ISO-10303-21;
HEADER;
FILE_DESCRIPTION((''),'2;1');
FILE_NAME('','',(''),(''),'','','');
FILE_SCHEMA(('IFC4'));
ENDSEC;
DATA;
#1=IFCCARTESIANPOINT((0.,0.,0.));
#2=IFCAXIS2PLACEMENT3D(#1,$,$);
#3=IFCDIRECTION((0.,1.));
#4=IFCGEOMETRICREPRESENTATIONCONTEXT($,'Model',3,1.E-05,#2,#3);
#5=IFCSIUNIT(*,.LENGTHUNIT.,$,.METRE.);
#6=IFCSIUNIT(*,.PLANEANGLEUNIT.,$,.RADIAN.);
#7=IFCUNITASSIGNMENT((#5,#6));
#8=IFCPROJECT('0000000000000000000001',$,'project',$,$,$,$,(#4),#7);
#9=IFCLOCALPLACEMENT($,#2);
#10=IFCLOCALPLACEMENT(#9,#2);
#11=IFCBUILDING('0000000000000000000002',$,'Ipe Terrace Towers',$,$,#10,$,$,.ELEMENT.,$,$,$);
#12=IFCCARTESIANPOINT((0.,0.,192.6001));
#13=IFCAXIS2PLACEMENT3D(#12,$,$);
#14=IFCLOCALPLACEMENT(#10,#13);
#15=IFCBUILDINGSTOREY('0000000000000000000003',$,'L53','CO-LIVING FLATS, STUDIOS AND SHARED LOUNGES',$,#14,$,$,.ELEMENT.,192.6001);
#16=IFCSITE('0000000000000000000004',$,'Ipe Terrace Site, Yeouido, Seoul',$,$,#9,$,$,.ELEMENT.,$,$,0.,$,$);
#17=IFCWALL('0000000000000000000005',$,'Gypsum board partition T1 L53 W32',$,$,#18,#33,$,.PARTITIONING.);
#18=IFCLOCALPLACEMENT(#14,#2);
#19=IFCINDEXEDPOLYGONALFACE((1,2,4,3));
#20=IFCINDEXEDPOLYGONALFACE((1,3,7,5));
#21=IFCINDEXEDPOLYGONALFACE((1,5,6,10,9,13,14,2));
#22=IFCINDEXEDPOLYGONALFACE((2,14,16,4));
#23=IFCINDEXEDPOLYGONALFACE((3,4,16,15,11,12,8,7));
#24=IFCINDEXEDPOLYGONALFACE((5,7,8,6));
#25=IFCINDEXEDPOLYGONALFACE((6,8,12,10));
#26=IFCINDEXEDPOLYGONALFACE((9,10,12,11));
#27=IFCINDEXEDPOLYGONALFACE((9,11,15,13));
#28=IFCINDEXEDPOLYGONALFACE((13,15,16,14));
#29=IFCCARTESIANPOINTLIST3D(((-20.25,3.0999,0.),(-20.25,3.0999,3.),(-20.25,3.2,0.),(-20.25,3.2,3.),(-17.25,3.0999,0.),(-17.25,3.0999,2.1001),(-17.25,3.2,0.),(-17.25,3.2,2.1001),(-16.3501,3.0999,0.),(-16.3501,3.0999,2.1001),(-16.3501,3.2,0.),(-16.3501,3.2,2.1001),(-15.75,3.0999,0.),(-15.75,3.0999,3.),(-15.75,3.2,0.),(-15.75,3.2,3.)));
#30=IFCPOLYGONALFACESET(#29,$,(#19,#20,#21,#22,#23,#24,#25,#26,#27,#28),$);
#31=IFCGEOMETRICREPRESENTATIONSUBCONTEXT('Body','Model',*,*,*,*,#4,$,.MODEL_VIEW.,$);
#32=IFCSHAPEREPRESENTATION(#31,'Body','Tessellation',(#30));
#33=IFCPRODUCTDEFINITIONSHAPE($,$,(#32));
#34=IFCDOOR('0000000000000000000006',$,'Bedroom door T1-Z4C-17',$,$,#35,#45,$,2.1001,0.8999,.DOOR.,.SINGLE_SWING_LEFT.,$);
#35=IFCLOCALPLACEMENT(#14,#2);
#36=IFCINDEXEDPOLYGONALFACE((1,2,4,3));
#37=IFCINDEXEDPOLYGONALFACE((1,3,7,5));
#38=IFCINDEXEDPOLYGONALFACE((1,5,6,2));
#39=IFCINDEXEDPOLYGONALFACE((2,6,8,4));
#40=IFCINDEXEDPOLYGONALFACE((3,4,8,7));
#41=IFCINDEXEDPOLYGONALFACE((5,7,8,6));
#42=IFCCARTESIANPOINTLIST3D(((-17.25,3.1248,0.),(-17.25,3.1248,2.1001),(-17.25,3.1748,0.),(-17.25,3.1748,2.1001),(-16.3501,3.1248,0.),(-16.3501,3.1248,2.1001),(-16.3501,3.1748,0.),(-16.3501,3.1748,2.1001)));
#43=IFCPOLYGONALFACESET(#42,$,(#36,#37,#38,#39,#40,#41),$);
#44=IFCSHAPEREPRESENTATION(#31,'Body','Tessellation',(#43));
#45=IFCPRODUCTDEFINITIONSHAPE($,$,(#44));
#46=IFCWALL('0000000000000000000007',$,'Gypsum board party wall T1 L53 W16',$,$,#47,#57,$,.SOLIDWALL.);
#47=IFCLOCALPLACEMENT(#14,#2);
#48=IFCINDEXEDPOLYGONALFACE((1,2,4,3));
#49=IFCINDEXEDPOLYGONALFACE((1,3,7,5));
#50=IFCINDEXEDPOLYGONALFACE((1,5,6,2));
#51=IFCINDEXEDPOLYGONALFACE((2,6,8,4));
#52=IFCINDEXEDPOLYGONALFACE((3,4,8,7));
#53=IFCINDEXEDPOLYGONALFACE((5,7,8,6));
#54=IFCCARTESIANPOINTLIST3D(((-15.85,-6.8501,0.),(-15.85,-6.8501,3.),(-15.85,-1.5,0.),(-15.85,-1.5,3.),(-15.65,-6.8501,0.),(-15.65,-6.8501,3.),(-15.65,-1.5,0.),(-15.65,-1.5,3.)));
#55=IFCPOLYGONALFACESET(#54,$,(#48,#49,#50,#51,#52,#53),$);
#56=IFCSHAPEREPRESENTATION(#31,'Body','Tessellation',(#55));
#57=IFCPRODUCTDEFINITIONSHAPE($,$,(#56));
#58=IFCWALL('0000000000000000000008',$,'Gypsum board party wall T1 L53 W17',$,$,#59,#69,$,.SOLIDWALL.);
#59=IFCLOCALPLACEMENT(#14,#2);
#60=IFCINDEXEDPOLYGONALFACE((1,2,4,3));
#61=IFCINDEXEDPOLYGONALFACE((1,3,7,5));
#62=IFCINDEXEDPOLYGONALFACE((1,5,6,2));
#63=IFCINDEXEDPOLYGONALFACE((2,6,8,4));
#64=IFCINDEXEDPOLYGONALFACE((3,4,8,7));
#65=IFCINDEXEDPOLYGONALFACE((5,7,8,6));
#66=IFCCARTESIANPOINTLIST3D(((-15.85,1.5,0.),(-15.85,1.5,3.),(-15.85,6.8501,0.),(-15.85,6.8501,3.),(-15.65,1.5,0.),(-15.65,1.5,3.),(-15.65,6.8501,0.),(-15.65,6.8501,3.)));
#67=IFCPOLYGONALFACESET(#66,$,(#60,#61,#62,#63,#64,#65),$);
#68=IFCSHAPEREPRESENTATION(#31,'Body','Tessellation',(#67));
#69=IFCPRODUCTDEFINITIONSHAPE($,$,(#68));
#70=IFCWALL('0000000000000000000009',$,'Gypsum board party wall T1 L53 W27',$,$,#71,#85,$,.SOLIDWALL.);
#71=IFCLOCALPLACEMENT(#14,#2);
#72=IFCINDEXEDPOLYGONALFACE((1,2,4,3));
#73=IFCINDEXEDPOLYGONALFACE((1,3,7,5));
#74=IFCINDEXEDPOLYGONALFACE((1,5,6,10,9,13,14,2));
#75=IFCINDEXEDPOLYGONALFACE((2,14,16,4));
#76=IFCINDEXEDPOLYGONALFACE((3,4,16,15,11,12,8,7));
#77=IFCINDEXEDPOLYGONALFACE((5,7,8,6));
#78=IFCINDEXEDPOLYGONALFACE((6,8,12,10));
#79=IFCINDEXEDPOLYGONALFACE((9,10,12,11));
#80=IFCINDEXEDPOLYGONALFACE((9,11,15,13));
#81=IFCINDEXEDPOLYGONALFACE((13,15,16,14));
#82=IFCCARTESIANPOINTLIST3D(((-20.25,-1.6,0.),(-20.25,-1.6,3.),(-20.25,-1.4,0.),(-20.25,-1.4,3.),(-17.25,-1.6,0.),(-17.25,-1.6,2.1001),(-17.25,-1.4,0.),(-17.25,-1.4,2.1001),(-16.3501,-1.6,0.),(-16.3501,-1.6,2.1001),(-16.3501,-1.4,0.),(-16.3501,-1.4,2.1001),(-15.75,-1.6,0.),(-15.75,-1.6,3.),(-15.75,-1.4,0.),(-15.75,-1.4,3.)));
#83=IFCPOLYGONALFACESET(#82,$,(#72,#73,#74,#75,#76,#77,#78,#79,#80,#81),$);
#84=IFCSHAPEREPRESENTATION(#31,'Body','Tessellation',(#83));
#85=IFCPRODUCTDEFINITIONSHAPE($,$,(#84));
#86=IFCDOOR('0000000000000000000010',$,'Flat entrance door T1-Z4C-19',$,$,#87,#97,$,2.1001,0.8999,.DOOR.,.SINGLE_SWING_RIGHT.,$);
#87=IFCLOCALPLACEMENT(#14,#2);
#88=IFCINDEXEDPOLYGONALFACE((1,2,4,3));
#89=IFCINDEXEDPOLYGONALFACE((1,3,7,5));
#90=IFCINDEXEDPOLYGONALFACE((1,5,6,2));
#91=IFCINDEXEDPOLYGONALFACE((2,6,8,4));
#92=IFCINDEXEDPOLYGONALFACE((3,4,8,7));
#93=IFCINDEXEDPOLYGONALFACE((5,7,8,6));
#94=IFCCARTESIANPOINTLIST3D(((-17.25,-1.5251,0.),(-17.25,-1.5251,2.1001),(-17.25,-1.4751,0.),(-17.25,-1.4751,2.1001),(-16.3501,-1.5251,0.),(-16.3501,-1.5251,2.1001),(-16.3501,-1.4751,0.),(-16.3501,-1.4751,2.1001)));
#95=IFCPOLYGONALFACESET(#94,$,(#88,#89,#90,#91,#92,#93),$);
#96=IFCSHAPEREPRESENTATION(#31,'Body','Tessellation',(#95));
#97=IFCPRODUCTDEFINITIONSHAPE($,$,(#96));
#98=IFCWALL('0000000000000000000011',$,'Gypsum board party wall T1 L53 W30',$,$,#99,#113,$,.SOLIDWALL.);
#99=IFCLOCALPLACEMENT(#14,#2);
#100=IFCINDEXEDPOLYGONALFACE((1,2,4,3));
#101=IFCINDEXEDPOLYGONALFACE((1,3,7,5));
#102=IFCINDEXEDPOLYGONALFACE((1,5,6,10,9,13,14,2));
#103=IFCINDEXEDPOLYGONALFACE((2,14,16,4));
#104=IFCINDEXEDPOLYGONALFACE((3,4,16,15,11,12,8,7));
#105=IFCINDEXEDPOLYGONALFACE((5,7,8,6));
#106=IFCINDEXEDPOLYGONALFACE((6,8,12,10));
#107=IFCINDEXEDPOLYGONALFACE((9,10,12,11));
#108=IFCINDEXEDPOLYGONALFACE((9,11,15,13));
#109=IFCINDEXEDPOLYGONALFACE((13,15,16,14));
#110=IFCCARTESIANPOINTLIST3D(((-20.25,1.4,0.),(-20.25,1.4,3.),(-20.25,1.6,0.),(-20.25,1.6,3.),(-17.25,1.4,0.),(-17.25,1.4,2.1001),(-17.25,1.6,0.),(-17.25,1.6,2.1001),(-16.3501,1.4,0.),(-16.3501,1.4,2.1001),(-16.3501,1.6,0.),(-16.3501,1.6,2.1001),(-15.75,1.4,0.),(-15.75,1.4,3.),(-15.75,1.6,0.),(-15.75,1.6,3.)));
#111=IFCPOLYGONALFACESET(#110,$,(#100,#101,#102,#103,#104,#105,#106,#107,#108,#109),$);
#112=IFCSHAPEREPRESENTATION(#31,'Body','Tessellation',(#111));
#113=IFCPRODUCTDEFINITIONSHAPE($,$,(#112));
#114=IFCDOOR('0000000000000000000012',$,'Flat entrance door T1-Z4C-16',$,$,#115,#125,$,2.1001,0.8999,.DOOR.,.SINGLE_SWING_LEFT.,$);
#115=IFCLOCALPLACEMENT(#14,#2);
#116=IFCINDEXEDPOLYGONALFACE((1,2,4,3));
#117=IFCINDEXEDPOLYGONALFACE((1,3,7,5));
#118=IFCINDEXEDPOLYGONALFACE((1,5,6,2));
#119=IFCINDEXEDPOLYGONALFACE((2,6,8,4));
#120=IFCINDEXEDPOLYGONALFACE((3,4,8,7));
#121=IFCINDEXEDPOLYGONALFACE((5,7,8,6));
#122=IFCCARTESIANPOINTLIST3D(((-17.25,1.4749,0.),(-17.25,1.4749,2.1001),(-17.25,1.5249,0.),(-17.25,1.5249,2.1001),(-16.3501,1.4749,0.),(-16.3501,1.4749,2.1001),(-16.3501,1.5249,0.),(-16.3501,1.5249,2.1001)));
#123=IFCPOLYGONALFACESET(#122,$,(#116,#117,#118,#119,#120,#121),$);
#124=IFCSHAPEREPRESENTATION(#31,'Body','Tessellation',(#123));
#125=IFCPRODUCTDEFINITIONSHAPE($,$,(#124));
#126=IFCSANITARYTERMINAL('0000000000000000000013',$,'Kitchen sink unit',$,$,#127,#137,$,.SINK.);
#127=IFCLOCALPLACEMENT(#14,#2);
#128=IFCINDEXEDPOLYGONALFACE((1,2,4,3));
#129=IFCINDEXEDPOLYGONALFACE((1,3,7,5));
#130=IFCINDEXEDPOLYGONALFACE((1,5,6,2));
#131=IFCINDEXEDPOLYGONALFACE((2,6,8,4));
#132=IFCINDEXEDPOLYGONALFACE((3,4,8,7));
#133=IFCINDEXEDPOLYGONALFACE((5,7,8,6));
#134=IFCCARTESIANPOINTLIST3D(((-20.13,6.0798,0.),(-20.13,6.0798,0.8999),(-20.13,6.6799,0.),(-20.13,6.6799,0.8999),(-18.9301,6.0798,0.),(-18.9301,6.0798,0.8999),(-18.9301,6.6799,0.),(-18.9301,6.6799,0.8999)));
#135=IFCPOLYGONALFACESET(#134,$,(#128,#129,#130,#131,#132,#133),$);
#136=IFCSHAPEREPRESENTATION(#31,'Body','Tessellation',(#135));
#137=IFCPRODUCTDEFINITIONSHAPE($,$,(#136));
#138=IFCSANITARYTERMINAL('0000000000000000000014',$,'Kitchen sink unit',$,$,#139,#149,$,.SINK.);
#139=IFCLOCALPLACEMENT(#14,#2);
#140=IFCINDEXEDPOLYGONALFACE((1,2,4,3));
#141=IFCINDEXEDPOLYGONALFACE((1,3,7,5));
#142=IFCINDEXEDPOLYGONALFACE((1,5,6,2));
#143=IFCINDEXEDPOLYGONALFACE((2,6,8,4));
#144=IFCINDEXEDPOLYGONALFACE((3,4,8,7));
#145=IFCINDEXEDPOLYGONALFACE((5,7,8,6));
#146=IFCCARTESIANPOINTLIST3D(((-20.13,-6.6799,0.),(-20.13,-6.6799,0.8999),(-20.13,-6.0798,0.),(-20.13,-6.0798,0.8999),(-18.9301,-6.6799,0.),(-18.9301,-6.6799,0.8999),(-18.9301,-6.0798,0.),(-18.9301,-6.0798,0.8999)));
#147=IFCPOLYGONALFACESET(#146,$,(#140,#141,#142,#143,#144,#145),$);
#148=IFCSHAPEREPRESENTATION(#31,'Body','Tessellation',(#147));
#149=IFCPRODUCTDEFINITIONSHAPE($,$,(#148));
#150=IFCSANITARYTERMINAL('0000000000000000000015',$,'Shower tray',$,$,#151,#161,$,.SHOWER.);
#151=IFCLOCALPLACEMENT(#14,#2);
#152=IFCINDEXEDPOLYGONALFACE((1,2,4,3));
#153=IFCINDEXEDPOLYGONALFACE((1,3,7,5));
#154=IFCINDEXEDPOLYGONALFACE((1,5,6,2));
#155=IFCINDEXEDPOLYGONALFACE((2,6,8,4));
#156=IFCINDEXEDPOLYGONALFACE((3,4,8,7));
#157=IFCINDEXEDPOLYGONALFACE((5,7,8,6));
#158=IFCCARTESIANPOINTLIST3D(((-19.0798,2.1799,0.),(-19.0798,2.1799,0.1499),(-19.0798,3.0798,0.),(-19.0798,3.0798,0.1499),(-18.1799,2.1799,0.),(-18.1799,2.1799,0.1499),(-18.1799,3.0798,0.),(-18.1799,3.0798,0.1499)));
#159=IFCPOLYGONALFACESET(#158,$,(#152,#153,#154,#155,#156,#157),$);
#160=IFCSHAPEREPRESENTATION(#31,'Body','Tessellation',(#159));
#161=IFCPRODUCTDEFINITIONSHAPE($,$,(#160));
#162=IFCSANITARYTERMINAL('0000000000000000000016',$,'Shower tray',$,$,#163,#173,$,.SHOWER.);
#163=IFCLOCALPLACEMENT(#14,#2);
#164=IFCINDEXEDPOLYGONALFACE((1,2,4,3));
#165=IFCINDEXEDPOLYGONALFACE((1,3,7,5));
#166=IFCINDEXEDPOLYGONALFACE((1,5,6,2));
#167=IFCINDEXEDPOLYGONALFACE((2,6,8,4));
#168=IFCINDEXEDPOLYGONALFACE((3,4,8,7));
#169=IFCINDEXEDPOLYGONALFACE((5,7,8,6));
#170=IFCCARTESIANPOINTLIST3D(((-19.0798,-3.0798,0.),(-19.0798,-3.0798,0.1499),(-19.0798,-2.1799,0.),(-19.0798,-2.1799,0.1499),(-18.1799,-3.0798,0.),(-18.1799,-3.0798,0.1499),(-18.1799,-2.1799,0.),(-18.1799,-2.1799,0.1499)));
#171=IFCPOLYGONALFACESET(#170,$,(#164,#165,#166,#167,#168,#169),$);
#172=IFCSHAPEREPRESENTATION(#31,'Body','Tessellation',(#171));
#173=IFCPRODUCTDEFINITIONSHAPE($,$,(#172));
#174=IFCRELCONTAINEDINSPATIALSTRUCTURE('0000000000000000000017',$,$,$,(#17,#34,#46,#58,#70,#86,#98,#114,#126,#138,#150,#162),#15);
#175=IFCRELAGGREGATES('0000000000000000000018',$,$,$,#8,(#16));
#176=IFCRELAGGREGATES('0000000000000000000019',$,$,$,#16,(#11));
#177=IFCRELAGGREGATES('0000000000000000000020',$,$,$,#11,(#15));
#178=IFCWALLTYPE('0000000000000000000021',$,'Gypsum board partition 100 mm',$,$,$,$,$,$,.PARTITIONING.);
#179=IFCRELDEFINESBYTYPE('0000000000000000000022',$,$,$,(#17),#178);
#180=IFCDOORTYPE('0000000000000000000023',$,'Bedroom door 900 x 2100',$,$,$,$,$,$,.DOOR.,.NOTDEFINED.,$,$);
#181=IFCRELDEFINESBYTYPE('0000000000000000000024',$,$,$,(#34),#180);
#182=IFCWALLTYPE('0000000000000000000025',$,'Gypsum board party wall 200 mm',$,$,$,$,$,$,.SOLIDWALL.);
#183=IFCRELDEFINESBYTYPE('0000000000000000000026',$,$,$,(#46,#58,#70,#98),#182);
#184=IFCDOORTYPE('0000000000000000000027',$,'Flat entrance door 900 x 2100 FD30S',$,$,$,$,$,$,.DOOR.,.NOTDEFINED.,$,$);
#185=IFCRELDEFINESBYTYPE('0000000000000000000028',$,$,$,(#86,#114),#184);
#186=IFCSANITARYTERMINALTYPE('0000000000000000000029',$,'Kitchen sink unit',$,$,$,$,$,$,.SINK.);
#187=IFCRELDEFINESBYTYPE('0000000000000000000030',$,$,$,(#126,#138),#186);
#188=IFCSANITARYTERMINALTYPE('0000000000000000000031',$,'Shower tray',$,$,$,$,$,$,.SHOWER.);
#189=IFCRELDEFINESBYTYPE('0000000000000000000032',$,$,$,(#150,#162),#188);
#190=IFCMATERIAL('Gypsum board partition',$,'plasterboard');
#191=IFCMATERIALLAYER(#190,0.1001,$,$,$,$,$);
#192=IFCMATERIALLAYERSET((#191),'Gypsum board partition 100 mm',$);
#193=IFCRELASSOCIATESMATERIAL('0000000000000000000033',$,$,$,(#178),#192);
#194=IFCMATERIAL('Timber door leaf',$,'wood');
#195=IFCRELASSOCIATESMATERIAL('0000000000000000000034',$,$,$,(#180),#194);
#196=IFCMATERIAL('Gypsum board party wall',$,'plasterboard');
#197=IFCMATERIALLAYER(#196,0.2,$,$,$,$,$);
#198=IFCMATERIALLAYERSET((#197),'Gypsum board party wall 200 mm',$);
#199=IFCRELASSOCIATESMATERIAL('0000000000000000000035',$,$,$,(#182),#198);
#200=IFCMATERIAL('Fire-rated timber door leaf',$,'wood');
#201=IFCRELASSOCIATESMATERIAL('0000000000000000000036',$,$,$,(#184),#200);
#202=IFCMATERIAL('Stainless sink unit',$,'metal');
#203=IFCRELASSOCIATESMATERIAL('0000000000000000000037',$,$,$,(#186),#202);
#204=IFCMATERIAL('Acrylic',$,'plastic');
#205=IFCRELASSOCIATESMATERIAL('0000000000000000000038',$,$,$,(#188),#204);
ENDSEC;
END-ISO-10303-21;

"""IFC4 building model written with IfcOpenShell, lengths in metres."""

from ifc_helpers import new_model, si_unit, direction, frame, frame_2d, origin, origin_2d, place, context, subcontext, project, spatial, rectangle, extrude, material, layer, layer_set, type_object, element, fill, save


model = new_model("IFC4")

# Units and contexts
model_context = context("Model", 3, precision=1e-05, world=origin(), true_north=direction((0.0, 1.0)))
body_context = subcontext(model_context, "Body", "Model", "MODEL_VIEW")
ifc_project = project(units=[si_unit("LENGTHUNIT", "METRE"), si_unit("PLANEANGLEUNIT", "RADIAN")], contexts=[model_context])

# Site, building, storey
site_placement = place(None, origin())
site = spatial("IfcSite", under=ifc_project, at=site_placement, Name="Ipe Terrace Site, Yeouido, Seoul", CompositionType="ELEMENT", RefElevation=0.0)
building_placement = place(site_placement, origin())
building = spatial("IfcBuilding", under=site, at=building_placement, Name="Ipe Terrace Towers", CompositionType="ELEMENT")
storey_placement = place(building_placement, frame((0.0, 0.0, 192.6001)))
storey = spatial("IfcBuildingStorey", under=building, at=storey_placement, Name="L53", Description="CO-LIVING FLATS, STUDIOS AND SHARED LOUNGES", CompositionType="ELEMENT", Elevation=192.6001)

# Wall, opening, door
ifc_material_1 = material(Name="Gypsum board partition", Category="plasterboard")
ifc_layer_1 = layer(ifc_material_1, 0.1001)
ifc_layer_set_1 = layer_set([ifc_layer_1], Name="Gypsum board partition 100 mm")
wall_type_1 = type_object("IfcWallType", Name="Gypsum board partition 100 mm", PredefinedType="PARTITIONING", material=ifc_layer_set_1)
wall_1_placement = place(storey_placement, frame((-20.25, 3.1499, 0.0), z_axis=(0.0, 0.0, 1.0), x_axis=(1.0, 0.0, 0.0)))
wall_1 = element("IfcWall", 1, at=wall_1_placement, inside=storey, type_object=wall_type_1, Name="Gypsum board partition T1 L53 W32", PredefinedType="PARTITIONING", context=body_context, shape_type="SweptSolid", body=[
    extrude(rectangle(XDim=4.5, YDim=0.1001, at=frame_2d((2.25, 0.0))), origin(), (0.0, 0.0, 1.0), 3.0),
])
opening_1_placement = place(wall_1_placement, frame((3.0, 0.0, 0.0)))
opening_1 = element("IfcOpeningElement", 2, at=opening_1_placement, cuts=wall_1, PredefinedType="OPENING", context=body_context, shape_type="SweptSolid", body=[
    extrude(rectangle(XDim=0.8999, YDim=2.1001, at=frame_2d((0.45, 1.05))), frame((0.0, 0.0601, 0.0), z_axis=(0.0, -1.0, 0.0), x_axis=(1.0, 0.0, 0.0)), (0.0, 0.0, 1.0), 0.1201),
])
ifc_material_2 = material(Name="Timber door leaf", Category="wood")
door_type_1 = type_object("IfcDoorType", Name="Bedroom door 900 x 2100", OperationType="NOTDEFINED", PredefinedType="DOOR", material=ifc_material_2)
door_1_placement = place(opening_1_placement, origin())
door_1 = element("IfcDoor", 3, at=door_1_placement, inside=storey, type_object=door_type_1, Name="Bedroom door T1-Z4C-17", OperationType="SINGLE_SWING_LEFT", OverallHeight=2.1001, OverallWidth=0.8999, PredefinedType="DOOR", context=body_context, shape_type="SweptSolid", body=[
    extrude(rectangle(XDim=0.8999, YDim=2.1001, at=frame_2d((0.45, 1.05))), frame((0.0, 0.0249, 0.0), z_axis=(0.0, -1.0, 0.0), x_axis=(1.0, 0.0, 0.0)), (0.0, 0.0, 1.0), 0.05),
])
fill(opening_1, door_1)

# Walls
ifc_material_3 = material(Name="Gypsum board party wall", Category="plasterboard")
ifc_layer_2 = layer(ifc_material_3, 0.2)
ifc_layer_set_2 = layer_set([ifc_layer_2], Name="Gypsum board party wall 200 mm")
wall_type_2 = type_object("IfcWallType", Name="Gypsum board party wall 200 mm", PredefinedType="SOLIDWALL", material=ifc_layer_set_2)
for number, where, z_axis, x_axis, name in (
    (4, (-15.75, -6.8501, 0.0), (0.0, 0.0, 1.0), (0.0, 1.0, 0.0), "Gypsum board party wall T1 L53 W16"),
    (5, (-15.75, 1.5, 0.0), (0.0, 0.0, 1.0), (0.0, 1.0, 0.0), "Gypsum board party wall T1 L53 W17"),
):
    element("IfcWall", number, at=place(storey_placement, frame(where, z_axis=z_axis, x_axis=x_axis)), inside=storey, type_object=wall_type_2, Name=name, PredefinedType="SOLIDWALL", context=body_context, shape_type="SweptSolid", body=[
        extrude(rectangle(XDim=5.3501, YDim=0.2, at=frame_2d((2.675, 0.0))), origin(), (0.0, 0.0, 1.0), 3.0),
    ])

# Walls, openings, doors
wall_2_placement = place(storey_placement, frame((-20.25, -1.5, 0.0), z_axis=(0.0, 0.0, 1.0), x_axis=(1.0, 0.0, 0.0)))
wall_2 = element("IfcWall", 6, at=wall_2_placement, inside=storey, type_object=wall_type_2, Name="Gypsum board party wall T1 L53 W27", PredefinedType="SOLIDWALL", context=body_context, shape_type="SweptSolid", body=[
    extrude(rectangle(XDim=4.5, YDim=0.2, at=frame_2d((2.25, 0.0))), origin(), (0.0, 0.0, 1.0), 3.0),
])
opening_2_placement = place(wall_2_placement, frame((3.0, 0.0, 0.0)))
opening_2 = element("IfcOpeningElement", 7, at=opening_2_placement, cuts=wall_2, PredefinedType="OPENING", context=body_context, shape_type="SweptSolid", body=[
    extrude(rectangle(XDim=0.8999, YDim=2.1001, at=frame_2d((0.45, 1.05))), frame((0.0, 0.1099, 0.0), z_axis=(0.0, -1.0, 0.0), x_axis=(1.0, 0.0, 0.0)), (0.0, 0.0, 1.0), 0.22),
])
ifc_material_4 = material(Name="Fire-rated timber door leaf", Category="wood")
door_type_2 = type_object("IfcDoorType", Name="Flat entrance door 900 x 2100 FD30S", OperationType="NOTDEFINED", PredefinedType="DOOR", material=ifc_material_4)
door_2_placement = place(opening_2_placement, origin())
door_2 = element("IfcDoor", 8, at=door_2_placement, inside=storey, type_object=door_type_2, Name="Flat entrance door T1-Z4C-19", OperationType="SINGLE_SWING_RIGHT", OverallHeight=2.1001, OverallWidth=0.8999, PredefinedType="DOOR", context=body_context, shape_type="SweptSolid", body=[
    extrude(rectangle(XDim=0.8999, YDim=2.1001, at=frame_2d((0.45, 1.05))), frame((0.0, 0.0249, 0.0), z_axis=(0.0, -1.0, 0.0), x_axis=(1.0, 0.0, 0.0)), (0.0, 0.0, 1.0), 0.05),
])
fill(opening_2, door_2)
wall_3_placement = place(storey_placement, frame((-20.25, 1.5, 0.0), z_axis=(0.0, 0.0, 1.0), x_axis=(1.0, 0.0, 0.0)))
wall_3 = element("IfcWall", 9, at=wall_3_placement, inside=storey, type_object=wall_type_2, Name="Gypsum board party wall T1 L53 W30", PredefinedType="SOLIDWALL", context=body_context, shape_type="SweptSolid", body=[
    extrude(rectangle(XDim=4.5, YDim=0.2, at=frame_2d((2.25, 0.0))), origin(), (0.0, 0.0, 1.0), 3.0),
])
opening_3_placement = place(wall_3_placement, frame((3.0, 0.0, 0.0)))
opening_3 = element("IfcOpeningElement", 10, at=opening_3_placement, cuts=wall_3, PredefinedType="OPENING", context=body_context, shape_type="SweptSolid", body=[
    extrude(rectangle(XDim=0.8999, YDim=2.1001, at=frame_2d((0.45, 1.05))), frame((0.0, 0.1099, 0.0), z_axis=(0.0, -1.0, 0.0), x_axis=(1.0, 0.0, 0.0)), (0.0, 0.0, 1.0), 0.22),
])
door_3_placement = place(opening_3_placement, origin())
door_3 = element("IfcDoor", 11, at=door_3_placement, inside=storey, type_object=door_type_2, Name="Flat entrance door T1-Z4C-16", OperationType="SINGLE_SWING_LEFT", OverallHeight=2.1001, OverallWidth=0.8999, PredefinedType="DOOR", context=body_context, shape_type="SweptSolid", body=[
    extrude(rectangle(XDim=0.8999, YDim=2.1001, at=frame_2d((0.45, 1.05))), frame((0.0, 0.0249, 0.0), z_axis=(0.0, -1.0, 0.0), x_axis=(1.0, 0.0, 0.0)), (0.0, 0.0, 1.0), 0.05),
])
fill(opening_3, door_3)

# Sanitary terminals
ifc_material_5 = material(Name="Stainless sink unit", Category="metal")
sanitary_terminal_type_1 = type_object("IfcSanitaryTerminalType", Name="Kitchen sink unit", PredefinedType="SINK", material=ifc_material_5)
for number, where, z_axis, x_axis, name in (
    (12, (-19.53, 6.3799, 0.0), (0.0, 0.0, 1.0), (1.0, 0.0, 0.0), "Kitchen sink unit"),
    (13, (-19.53, -6.3799, 0.0), (0.0, 0.0, 1.0), (-1.0, 0.0, 0.0), "Kitchen sink unit"),
):
    element("IfcSanitaryTerminal", number, at=place(storey_placement, frame(where, z_axis=z_axis, x_axis=x_axis)), inside=storey, type_object=sanitary_terminal_type_1, Name=name, PredefinedType="SINK", context=body_context, shape_type="SweptSolid", body=[
        extrude(rectangle(XDim=1.2, YDim=0.6001, at=origin_2d()), origin(), (0.0, 0.0, 1.0), 0.8999),
    ])
ifc_material_6 = material(Name="Acrylic", Category="plastic")
sanitary_terminal_type_2 = type_object("IfcSanitaryTerminalType", Name="Shower tray", PredefinedType="SHOWER", material=ifc_material_6)
for number, where, z_axis, x_axis, name in (
    (14, (-18.6299, 2.6299, 0.0), (0.0, 0.0, 1.0), (0.0, -1.0, 0.0), "Shower tray"),
    (15, (-18.6299, -2.6299, 0.0), (0.0, 0.0, 1.0), (0.0, 1.0, 0.0), "Shower tray"),
):
    element("IfcSanitaryTerminal", number, at=place(storey_placement, frame(where, z_axis=z_axis, x_axis=x_axis)), inside=storey, type_object=sanitary_terminal_type_2, Name=name, PredefinedType="SHOWER", context=body_context, shape_type="SweptSolid", body=[
        extrude(rectangle(XDim=0.8999, YDim=0.8999, at=origin_2d()), origin(), (0.0, 0.0, 1.0), 0.1499),
    ])

save(model, "model.ifc")
